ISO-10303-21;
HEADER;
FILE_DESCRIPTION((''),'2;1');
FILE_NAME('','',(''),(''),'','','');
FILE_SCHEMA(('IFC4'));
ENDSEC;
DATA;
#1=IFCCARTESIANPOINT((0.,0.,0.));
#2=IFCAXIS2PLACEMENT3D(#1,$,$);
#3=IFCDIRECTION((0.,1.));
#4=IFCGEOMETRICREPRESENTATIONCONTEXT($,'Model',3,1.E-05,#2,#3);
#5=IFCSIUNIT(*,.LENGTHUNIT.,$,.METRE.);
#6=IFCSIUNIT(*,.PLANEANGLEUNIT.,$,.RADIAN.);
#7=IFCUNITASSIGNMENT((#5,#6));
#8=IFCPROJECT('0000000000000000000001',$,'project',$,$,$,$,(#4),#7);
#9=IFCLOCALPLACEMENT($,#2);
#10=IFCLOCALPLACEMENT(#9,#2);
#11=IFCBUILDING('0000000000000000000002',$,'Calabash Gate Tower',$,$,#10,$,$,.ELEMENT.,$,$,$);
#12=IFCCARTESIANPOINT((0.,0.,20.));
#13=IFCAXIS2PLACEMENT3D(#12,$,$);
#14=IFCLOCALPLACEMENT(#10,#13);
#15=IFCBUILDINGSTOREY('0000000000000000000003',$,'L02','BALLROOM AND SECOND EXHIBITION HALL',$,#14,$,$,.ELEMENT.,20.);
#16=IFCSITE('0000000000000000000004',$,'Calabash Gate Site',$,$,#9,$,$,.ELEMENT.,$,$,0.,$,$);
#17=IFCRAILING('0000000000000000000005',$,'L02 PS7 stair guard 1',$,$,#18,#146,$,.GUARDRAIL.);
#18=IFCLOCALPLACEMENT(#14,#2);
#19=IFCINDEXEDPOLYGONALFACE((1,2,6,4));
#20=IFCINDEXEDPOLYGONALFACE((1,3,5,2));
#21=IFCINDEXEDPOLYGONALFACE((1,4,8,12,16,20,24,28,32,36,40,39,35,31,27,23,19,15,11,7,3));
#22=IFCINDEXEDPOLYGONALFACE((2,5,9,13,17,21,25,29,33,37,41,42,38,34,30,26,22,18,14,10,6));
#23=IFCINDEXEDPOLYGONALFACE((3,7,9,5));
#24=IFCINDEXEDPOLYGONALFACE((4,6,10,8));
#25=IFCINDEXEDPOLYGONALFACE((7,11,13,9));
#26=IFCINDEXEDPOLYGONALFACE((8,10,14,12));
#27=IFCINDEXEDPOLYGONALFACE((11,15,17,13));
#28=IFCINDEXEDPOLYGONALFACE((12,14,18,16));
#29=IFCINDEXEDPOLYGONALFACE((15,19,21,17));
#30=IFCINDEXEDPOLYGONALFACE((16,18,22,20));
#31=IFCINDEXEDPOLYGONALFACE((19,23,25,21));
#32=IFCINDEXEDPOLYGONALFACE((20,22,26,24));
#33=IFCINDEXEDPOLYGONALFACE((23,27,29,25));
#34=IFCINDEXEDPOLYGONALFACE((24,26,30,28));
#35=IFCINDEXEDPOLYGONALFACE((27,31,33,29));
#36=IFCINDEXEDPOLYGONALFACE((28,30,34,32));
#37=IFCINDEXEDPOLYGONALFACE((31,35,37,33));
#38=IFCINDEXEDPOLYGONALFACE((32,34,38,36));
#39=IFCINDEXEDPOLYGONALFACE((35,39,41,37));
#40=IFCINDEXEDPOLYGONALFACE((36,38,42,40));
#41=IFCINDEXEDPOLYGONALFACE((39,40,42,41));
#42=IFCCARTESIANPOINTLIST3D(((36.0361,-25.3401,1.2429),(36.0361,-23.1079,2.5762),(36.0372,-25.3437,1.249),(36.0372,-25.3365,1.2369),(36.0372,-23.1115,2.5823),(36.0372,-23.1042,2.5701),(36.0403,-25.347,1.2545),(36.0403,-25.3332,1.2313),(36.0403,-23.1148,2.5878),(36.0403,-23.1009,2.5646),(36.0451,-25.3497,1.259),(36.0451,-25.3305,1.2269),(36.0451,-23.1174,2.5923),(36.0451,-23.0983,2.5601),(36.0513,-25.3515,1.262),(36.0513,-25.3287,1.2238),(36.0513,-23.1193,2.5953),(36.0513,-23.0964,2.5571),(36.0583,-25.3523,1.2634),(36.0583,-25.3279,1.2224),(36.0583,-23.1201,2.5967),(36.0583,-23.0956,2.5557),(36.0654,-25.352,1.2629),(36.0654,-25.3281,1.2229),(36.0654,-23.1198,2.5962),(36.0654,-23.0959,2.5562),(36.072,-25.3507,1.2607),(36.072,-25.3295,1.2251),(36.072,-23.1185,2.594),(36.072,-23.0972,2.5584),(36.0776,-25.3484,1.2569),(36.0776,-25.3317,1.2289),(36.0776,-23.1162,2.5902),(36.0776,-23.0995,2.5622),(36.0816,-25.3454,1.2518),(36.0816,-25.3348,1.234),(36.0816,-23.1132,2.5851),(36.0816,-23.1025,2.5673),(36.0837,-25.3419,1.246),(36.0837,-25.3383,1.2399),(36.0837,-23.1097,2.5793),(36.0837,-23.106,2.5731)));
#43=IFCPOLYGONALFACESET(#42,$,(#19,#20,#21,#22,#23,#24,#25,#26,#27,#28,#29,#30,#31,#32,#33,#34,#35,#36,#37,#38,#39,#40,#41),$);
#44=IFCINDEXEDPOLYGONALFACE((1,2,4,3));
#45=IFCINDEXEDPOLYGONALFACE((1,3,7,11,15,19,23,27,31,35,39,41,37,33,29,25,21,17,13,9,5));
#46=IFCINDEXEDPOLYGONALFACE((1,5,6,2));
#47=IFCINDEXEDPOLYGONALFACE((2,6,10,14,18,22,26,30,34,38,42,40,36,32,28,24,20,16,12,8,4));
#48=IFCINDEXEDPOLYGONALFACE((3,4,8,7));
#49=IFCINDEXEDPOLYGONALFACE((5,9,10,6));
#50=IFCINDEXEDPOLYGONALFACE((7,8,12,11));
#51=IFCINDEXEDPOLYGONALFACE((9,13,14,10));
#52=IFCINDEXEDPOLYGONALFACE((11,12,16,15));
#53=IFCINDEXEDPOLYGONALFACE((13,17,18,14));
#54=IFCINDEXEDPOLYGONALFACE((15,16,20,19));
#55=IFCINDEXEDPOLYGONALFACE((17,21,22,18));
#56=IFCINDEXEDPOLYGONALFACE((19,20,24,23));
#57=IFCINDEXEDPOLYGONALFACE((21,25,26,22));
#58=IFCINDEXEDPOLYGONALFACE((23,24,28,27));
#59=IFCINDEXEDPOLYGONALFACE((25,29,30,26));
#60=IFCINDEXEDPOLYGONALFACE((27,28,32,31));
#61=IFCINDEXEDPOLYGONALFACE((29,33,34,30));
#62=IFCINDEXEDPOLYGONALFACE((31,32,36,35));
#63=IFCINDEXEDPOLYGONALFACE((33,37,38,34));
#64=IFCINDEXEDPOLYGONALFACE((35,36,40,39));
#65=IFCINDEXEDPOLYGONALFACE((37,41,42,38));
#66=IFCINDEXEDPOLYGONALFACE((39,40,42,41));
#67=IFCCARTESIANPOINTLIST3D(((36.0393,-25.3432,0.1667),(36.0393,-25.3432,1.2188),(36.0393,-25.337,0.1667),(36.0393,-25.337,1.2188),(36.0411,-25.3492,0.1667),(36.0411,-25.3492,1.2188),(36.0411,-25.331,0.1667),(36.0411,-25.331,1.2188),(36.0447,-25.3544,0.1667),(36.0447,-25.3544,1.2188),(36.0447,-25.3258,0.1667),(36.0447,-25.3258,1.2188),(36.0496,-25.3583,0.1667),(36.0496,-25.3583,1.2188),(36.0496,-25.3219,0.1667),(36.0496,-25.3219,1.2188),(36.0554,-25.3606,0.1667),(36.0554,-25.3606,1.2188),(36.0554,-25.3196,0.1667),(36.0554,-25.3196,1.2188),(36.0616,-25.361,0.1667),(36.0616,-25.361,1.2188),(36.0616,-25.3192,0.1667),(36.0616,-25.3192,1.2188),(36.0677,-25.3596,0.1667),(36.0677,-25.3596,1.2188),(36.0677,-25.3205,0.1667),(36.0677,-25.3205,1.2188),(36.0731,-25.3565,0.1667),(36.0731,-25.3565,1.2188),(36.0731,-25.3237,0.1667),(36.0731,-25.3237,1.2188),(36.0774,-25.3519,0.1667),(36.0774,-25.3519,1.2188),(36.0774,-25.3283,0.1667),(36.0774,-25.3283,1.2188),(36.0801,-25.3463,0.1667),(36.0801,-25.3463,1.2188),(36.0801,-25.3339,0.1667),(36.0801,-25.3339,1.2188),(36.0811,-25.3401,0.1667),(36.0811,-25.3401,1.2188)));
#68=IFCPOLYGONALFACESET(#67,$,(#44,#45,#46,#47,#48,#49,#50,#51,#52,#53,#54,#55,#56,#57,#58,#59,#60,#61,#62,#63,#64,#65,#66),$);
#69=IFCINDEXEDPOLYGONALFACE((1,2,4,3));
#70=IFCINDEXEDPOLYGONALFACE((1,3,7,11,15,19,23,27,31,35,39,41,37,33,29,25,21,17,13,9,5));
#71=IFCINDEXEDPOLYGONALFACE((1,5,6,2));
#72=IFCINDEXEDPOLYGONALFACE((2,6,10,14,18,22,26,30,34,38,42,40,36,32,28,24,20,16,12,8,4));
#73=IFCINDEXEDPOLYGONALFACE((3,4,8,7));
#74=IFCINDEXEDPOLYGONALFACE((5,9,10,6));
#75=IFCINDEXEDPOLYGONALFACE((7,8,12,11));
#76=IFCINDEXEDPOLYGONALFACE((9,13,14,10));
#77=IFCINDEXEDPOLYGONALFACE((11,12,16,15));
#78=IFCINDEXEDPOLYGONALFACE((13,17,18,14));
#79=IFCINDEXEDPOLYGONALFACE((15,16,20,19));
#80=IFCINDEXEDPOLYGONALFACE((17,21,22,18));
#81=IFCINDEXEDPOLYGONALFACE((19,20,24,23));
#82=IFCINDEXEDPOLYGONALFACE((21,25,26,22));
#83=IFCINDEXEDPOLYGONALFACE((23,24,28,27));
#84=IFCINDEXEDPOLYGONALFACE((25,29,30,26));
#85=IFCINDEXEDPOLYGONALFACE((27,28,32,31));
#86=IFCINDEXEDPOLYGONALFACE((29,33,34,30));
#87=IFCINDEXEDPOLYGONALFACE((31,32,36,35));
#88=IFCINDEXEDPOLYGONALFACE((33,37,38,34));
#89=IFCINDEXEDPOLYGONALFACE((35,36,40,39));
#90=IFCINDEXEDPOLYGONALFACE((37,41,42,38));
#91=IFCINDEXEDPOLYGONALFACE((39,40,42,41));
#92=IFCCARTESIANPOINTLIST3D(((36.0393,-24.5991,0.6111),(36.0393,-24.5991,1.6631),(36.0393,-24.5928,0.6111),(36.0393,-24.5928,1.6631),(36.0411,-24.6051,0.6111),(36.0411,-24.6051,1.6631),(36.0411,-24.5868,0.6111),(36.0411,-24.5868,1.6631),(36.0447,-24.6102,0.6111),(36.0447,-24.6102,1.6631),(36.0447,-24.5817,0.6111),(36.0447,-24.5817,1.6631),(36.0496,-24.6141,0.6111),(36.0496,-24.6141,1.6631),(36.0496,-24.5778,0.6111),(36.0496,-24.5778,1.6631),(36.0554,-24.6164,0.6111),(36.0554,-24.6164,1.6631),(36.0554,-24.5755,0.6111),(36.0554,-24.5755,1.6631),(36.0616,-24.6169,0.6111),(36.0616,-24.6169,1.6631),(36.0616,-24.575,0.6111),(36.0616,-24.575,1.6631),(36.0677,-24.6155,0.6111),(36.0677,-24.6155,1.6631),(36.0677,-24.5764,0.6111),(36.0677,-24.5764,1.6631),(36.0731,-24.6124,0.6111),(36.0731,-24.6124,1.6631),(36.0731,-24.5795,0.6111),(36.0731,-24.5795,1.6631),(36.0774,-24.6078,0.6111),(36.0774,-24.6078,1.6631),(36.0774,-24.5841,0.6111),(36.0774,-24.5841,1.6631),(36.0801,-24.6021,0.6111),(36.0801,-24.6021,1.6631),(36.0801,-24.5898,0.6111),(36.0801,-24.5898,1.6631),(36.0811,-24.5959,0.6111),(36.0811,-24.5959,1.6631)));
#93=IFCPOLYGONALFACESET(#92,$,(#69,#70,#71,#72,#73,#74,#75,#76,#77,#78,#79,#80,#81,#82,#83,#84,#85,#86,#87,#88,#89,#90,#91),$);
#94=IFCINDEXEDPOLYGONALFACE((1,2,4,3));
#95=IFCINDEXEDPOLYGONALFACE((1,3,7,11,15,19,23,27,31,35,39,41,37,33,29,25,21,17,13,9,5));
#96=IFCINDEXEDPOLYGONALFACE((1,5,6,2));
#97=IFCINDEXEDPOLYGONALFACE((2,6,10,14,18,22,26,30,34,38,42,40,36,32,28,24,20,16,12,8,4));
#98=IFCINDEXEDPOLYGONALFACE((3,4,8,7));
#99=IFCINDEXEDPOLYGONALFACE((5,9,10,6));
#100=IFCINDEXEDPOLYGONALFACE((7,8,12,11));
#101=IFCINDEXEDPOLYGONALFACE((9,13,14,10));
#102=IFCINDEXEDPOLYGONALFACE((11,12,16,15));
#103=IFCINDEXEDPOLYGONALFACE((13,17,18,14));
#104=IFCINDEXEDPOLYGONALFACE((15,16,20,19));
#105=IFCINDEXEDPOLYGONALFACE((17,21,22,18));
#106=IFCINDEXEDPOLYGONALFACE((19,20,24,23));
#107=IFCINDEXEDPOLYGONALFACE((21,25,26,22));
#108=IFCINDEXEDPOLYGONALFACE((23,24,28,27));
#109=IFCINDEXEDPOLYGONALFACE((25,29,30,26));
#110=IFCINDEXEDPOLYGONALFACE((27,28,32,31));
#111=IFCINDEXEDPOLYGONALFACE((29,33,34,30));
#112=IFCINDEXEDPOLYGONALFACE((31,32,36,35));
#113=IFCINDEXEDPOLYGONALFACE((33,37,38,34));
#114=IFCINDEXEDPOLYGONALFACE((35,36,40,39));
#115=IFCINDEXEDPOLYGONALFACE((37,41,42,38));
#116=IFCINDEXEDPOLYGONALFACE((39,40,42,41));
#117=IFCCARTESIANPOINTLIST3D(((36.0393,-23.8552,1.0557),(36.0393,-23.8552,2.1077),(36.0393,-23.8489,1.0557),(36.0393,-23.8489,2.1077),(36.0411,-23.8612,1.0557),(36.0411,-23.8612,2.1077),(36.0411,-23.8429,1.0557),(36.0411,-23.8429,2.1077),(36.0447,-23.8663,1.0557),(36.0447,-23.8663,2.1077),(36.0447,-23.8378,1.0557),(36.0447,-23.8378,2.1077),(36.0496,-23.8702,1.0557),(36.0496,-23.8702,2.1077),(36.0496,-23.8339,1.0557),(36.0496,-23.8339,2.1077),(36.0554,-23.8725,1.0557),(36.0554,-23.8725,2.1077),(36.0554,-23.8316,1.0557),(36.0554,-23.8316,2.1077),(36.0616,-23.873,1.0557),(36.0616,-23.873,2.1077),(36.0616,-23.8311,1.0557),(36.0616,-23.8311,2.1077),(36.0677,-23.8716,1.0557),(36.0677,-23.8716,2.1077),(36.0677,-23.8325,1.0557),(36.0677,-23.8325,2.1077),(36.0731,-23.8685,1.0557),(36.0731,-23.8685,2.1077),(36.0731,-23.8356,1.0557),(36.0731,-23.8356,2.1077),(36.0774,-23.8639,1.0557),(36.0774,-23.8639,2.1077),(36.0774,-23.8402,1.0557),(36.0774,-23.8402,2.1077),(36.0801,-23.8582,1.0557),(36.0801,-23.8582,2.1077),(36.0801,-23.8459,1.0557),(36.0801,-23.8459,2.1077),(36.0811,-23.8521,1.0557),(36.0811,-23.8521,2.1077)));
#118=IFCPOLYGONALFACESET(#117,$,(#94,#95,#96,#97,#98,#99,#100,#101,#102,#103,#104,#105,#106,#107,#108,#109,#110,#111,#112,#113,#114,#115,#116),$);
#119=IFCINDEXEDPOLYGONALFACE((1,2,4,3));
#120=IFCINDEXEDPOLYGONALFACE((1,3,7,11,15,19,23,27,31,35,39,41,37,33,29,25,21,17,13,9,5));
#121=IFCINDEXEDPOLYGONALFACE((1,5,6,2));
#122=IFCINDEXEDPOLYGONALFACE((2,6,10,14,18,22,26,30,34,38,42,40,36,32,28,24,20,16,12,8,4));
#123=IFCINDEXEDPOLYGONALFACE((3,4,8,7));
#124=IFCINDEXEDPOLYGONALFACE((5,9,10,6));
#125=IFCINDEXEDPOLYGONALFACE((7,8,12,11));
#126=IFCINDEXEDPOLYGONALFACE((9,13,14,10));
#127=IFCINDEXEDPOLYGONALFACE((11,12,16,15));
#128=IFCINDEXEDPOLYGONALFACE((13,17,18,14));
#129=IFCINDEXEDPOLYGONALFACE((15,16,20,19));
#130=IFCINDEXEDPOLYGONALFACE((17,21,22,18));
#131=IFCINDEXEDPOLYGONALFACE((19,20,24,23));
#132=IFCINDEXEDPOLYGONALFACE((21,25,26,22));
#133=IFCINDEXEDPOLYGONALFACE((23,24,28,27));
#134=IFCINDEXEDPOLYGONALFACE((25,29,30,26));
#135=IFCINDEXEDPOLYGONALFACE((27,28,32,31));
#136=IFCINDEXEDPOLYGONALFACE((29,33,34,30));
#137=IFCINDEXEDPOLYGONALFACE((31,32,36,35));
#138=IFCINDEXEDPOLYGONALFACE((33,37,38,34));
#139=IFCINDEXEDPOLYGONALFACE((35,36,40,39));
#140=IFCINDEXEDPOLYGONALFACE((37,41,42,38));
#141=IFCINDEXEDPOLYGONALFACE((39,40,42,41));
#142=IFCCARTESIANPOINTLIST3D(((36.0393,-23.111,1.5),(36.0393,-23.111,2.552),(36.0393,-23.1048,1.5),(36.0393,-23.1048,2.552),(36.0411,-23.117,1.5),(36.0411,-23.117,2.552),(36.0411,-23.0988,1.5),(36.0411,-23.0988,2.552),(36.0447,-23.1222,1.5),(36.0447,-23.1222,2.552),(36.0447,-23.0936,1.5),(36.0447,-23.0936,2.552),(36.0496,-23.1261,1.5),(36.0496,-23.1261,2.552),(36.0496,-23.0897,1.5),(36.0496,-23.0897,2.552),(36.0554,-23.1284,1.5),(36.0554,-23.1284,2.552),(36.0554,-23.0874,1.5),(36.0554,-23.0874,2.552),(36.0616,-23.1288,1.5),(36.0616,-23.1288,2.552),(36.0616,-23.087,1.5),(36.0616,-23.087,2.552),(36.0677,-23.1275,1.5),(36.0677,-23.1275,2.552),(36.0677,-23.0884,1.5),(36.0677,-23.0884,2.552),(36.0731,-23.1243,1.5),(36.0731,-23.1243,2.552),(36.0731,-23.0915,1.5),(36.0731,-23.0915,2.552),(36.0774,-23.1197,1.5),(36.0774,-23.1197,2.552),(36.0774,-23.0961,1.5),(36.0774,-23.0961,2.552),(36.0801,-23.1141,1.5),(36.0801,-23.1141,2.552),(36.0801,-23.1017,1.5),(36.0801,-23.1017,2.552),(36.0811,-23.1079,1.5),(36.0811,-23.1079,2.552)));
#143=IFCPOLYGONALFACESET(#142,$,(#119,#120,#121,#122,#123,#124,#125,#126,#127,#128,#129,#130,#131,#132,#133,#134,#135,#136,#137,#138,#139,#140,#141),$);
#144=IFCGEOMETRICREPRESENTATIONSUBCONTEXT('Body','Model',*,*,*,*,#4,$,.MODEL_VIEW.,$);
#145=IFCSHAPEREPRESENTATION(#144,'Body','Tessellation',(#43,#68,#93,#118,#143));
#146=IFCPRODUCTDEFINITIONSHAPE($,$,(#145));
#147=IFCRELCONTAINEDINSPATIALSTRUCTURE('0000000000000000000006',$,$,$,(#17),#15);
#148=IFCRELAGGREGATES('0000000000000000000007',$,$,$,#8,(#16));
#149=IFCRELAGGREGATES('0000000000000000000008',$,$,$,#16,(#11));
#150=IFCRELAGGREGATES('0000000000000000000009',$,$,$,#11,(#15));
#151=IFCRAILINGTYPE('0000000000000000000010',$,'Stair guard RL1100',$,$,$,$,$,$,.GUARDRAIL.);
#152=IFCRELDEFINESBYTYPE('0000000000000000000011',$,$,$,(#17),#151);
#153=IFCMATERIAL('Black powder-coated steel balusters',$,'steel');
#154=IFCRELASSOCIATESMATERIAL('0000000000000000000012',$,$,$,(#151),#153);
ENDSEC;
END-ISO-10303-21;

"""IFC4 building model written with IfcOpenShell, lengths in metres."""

from ifc_helpers import new_model, si_unit, direction, frame, origin, origin_2d, place, context, subcontext, project, spatial, circle, extrude, material, type_object, element, save


model = new_model("IFC4")

# Units and contexts
model_context = context("Model", 3, precision=1e-05, world=origin(), true_north=direction((0.0, 1.0)))
body_context = subcontext(model_context, "Body", "Model", "MODEL_VIEW")
ifc_project = project(units=[si_unit("LENGTHUNIT", "METRE"), si_unit("PLANEANGLEUNIT", "RADIAN")], contexts=[model_context])

# Site, building, storey
site_placement = place(None, origin())
site = spatial("IfcSite", under=ifc_project, at=site_placement, Name="Calabash Gate Site", CompositionType="ELEMENT", RefElevation=0.0)
building_placement = place(site_placement, origin())
building = spatial("IfcBuilding", under=site, at=building_placement, Name="Calabash Gate Tower", CompositionType="ELEMENT")
storey_placement = place(building_placement, frame((0.0, 0.0, 20.0)))
storey = spatial("IfcBuildingStorey", under=building, at=storey_placement, Name="L02", Description="BALLROOM AND SECOND EXHIBITION HALL", CompositionType="ELEMENT", Elevation=20.0)

# Railing
ifc_material_1 = material(Name="Black powder-coated steel balusters", Category="steel")
railing_type_1 = type_object("IfcRailingType", Name="Stair guard RL1100", PredefinedType="GUARDRAIL", material=ifc_material_1)
railing_1_placement = place(storey_placement, frame((36.0601, -25.3401, 0.1667)))
element("IfcRailing", 1, at=railing_1_placement, inside=storey, type_object=railing_type_1, Name="L02 PS7 stair guard 1", PredefinedType="GUARDRAIL", context=body_context, shape_type="SweptSolid", body=[
    extrude(circle(Radius=0.0239, at=origin_2d()), frame((0.0, 0.0, 1.0762), z_axis=(0.0, 0.858519, 0.512782), x_axis=(-1.0, 0.0, 0.0)), (0.0, 0.0, 1.0), 2.6001),
    extrude(circle(Radius=0.021, at=origin_2d()), origin(), (0.0, 0.0, 1.0), 1.052),
    extrude(circle(Radius=0.021, at=origin_2d()), frame((0.0, 0.7441, 0.4443)), (0.0, 0.0, 1.0), 1.052),
    extrude(circle(Radius=0.021, at=origin_2d()), frame((0.0, 1.488, 0.8889)), (0.0, 0.0, 1.0), 1.052),
    extrude(circle(Radius=0.021, at=origin_2d()), frame((0.0, 2.2322, 1.3333)), (0.0, 0.0, 1.0), 1.052),
])

save(model, "model.ifc")
